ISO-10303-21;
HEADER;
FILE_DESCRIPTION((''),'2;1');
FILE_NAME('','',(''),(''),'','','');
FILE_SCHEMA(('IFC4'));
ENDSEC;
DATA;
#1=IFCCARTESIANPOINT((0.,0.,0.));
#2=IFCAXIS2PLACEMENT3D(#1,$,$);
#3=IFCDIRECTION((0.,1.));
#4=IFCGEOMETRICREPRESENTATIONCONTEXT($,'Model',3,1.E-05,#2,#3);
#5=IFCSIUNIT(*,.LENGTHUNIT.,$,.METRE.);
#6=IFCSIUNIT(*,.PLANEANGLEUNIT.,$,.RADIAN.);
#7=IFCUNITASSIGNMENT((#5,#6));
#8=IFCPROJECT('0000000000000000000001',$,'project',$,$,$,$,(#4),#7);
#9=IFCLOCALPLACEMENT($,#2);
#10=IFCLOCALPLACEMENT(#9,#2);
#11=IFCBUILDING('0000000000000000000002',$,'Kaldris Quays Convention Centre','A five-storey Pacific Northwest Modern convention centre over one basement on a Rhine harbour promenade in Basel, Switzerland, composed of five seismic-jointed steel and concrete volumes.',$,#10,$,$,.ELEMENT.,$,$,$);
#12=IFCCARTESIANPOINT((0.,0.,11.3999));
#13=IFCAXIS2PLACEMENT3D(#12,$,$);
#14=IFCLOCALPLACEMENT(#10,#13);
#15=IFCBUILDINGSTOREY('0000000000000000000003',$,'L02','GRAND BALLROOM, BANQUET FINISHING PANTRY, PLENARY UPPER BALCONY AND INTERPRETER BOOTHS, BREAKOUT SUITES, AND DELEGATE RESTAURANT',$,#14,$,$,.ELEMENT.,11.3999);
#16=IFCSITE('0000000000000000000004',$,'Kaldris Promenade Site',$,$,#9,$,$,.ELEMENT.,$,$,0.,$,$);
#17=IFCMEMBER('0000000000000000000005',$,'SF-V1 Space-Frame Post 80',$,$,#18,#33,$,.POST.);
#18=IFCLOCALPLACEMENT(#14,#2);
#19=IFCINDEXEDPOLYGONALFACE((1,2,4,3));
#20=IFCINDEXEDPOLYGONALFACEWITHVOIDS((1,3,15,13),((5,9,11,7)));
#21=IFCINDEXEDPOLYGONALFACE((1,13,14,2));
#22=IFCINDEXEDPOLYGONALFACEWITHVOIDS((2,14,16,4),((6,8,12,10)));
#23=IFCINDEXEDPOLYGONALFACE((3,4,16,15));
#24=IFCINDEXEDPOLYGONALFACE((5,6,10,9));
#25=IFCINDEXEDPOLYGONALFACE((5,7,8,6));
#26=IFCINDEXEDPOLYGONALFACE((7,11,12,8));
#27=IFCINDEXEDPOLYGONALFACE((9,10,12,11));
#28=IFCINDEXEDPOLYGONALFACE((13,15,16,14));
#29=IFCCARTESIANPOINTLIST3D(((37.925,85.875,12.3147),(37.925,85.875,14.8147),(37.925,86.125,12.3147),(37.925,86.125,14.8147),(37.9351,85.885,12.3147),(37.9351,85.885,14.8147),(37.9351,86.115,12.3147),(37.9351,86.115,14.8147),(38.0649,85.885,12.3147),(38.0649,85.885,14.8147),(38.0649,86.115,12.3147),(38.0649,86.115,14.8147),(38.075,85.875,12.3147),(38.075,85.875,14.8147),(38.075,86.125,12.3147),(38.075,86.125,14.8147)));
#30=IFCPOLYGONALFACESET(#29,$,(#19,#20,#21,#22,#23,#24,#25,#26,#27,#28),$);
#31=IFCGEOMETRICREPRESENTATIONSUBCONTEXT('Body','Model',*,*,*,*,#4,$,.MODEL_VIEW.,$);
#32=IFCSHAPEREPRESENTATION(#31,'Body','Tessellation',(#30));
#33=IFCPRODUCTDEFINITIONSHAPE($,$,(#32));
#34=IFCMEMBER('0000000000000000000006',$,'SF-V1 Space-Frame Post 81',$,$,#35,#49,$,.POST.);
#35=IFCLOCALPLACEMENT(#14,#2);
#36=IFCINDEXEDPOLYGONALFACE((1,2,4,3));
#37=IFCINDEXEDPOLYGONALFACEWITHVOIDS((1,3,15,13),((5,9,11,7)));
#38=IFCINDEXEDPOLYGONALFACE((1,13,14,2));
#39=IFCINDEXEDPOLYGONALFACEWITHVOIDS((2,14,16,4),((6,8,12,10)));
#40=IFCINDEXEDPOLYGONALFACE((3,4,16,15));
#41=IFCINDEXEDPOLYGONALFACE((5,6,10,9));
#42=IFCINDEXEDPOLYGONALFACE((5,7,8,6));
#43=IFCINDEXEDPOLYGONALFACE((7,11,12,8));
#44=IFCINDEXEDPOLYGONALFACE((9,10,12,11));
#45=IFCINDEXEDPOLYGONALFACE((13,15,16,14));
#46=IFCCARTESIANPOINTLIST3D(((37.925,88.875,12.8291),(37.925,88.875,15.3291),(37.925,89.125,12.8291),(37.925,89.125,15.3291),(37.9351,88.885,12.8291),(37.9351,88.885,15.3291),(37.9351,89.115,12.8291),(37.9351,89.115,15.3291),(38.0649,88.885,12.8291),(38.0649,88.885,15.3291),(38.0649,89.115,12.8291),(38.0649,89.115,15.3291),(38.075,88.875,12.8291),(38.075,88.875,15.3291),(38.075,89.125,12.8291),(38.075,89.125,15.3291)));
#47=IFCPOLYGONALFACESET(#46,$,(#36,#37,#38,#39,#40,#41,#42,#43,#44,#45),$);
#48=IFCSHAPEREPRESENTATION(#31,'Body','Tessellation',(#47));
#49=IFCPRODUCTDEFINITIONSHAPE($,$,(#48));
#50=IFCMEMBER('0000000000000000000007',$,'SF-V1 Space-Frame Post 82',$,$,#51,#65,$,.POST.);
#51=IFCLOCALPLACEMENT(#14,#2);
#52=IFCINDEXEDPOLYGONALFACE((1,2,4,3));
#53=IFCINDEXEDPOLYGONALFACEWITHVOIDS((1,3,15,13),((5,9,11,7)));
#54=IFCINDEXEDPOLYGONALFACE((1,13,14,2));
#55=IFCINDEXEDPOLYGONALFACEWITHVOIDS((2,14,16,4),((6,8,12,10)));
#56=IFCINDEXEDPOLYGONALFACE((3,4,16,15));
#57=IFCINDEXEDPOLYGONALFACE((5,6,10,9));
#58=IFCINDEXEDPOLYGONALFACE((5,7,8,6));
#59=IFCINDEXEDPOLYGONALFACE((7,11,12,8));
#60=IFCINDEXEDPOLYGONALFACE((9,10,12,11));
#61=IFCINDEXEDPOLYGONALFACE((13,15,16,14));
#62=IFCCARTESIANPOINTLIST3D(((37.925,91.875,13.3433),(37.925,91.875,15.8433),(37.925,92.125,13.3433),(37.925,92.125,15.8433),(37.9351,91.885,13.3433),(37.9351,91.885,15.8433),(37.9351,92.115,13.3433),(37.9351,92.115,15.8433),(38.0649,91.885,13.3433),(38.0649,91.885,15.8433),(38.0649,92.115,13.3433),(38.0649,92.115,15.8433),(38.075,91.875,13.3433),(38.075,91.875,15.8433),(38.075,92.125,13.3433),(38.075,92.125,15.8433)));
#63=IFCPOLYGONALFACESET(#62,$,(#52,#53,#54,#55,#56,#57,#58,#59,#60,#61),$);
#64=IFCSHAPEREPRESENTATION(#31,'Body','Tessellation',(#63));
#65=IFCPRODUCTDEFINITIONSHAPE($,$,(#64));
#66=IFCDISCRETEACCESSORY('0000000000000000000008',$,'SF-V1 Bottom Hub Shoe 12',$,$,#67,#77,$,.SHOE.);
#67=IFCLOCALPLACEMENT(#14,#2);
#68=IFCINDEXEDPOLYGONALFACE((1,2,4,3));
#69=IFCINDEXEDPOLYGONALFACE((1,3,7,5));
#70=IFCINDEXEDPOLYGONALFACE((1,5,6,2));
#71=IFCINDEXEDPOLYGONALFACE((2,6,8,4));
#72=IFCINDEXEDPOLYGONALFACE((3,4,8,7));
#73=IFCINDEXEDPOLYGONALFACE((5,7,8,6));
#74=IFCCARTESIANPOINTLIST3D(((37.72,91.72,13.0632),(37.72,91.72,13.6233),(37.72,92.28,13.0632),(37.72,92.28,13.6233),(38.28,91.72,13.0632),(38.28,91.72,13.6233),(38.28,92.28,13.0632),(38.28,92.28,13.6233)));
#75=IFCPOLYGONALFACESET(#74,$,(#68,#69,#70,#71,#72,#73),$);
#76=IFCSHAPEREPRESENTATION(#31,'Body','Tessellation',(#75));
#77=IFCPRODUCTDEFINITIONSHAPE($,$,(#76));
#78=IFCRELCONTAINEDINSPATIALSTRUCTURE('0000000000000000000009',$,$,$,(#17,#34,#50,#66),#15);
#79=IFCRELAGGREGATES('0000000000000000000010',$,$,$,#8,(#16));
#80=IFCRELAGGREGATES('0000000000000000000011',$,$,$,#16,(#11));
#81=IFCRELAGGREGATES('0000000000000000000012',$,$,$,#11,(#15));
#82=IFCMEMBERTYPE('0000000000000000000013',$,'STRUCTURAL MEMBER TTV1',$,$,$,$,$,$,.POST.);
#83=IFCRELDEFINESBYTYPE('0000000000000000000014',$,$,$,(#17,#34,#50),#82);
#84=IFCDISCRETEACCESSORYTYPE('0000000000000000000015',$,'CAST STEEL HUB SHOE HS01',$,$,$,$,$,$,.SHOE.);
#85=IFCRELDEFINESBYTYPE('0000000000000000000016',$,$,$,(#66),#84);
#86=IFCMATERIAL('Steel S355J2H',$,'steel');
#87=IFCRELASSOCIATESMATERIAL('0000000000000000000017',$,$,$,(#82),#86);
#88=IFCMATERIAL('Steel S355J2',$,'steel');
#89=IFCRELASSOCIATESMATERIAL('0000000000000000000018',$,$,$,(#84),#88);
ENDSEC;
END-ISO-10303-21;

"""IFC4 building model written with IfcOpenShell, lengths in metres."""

from ifc_helpers import new_model, si_unit, direction, frame, origin, origin_2d, place, context, subcontext, project, spatial, rectangle, hollow_rectangle, extrude, material, material_profile, profile_set, type_object, element, save


model = new_model("IFC4")

# Units and contexts
model_context = context("Model", 3, precision=1e-05, world=origin(), true_north=direction((0.0, 1.0)))
body_context = subcontext(model_context, "Body", "Model", "MODEL_VIEW")
ifc_project = project(units=[si_unit("LENGTHUNIT", "METRE"), si_unit("PLANEANGLEUNIT", "RADIAN")], contexts=[model_context])

# Site, building, storey
site_placement = place(None, origin())
site = spatial("IfcSite", under=ifc_project, at=site_placement, Name="Kaldris Promenade Site", CompositionType="ELEMENT", RefElevation=0.0)
building_placement = place(site_placement, origin())
building = spatial("IfcBuilding", under=site, at=building_placement, Name="Kaldris Quays Convention Centre", Description="A five-storey Pacific Northwest Modern convention centre over one basement on a Rhine harbour promenade in Basel, Switzerland, composed of five seismic-jointed steel and concrete volumes.", CompositionType="ELEMENT")
storey_placement = place(building_placement, frame((0.0, 0.0, 11.3999)))
storey = spatial("IfcBuildingStorey", under=building, at=storey_placement, Name="L02", Description="GRAND BALLROOM, BANQUET FINISHING PANTRY, PLENARY UPPER BALCONY AND INTERPRETER BOOTHS, BREAKOUT SUITES, AND DELEGATE RESTAURANT", CompositionType="ELEMENT", Elevation=11.3999)

# Members
ifc_material_1 = material(Name="Steel S355J2H", Category="steel")
ifc_material_profile_1 = material_profile(ifc_material_1, hollow_rectangle(XDim=0.1499, YDim=0.25, WallThickness=0.01, at=origin_2d()), Name="RHS 250x150x10")
ifc_profile_set_1 = profile_set([ifc_material_profile_1], Name="Steel S355J2H")
member_type_1 = type_object("IfcMemberType", Name="STRUCTURAL MEMBER TTV1", PredefinedType="POST", material=ifc_profile_set_1)
for number, where, z_axis, x_axis, name in (
    (1, (38.0, 86.0, 12.3147), (0.0, 0.0, 1.0), (1.0, 0.0, 0.0), "SF-V1 Space-Frame Post 80"),
    (2, (38.0, 89.0, 12.8291), (0.0, 0.0, 1.0), (1.0, 0.0, 0.0), "SF-V1 Space-Frame Post 81"),
    (3, (38.0, 92.0, 13.3433), (0.0, 0.0, 1.0), (1.0, 0.0, 0.0), "SF-V1 Space-Frame Post 82"),
):
    element("IfcMember", number, at=place(storey_placement, frame(where, z_axis=z_axis, x_axis=x_axis)), inside=storey, type_object=member_type_1, Name=name, PredefinedType="POST", context=body_context, shape_type="SweptSolid", body=[
        extrude(hollow_rectangle(XDim=0.1499, YDim=0.25, WallThickness=0.01, at=origin_2d()), origin(), (0.0, 0.0, 1.0), 2.5),
    ])

# Discrete accessory
ifc_material_2 = material(Name="Steel S355J2", Category="steel")
discrete_accessory_type = type_object("IfcDiscreteAccessoryType", Name="CAST STEEL HUB SHOE HS01", PredefinedType="SHOE", material=ifc_material_2)
discrete_accessory_placement = place(storey_placement, frame((38.0, 92.0, 13.0632), z_axis=(0.0, 0.0, 1.0), x_axis=(1.0, 0.0, 0.0)))
element("IfcDiscreteAccessory", 4, at=discrete_accessory_placement, inside=storey, type_object=discrete_accessory_type, Name="SF-V1 Bottom Hub Shoe 12", PredefinedType="SHOE", context=body_context, shape_type="SweptSolid", body=[
    extrude(rectangle(XDim=0.5601, YDim=0.5601, at=origin_2d()), origin(), (0.0, 0.0, 1.0), 0.5601),
])

save(model, "model.ifc")
